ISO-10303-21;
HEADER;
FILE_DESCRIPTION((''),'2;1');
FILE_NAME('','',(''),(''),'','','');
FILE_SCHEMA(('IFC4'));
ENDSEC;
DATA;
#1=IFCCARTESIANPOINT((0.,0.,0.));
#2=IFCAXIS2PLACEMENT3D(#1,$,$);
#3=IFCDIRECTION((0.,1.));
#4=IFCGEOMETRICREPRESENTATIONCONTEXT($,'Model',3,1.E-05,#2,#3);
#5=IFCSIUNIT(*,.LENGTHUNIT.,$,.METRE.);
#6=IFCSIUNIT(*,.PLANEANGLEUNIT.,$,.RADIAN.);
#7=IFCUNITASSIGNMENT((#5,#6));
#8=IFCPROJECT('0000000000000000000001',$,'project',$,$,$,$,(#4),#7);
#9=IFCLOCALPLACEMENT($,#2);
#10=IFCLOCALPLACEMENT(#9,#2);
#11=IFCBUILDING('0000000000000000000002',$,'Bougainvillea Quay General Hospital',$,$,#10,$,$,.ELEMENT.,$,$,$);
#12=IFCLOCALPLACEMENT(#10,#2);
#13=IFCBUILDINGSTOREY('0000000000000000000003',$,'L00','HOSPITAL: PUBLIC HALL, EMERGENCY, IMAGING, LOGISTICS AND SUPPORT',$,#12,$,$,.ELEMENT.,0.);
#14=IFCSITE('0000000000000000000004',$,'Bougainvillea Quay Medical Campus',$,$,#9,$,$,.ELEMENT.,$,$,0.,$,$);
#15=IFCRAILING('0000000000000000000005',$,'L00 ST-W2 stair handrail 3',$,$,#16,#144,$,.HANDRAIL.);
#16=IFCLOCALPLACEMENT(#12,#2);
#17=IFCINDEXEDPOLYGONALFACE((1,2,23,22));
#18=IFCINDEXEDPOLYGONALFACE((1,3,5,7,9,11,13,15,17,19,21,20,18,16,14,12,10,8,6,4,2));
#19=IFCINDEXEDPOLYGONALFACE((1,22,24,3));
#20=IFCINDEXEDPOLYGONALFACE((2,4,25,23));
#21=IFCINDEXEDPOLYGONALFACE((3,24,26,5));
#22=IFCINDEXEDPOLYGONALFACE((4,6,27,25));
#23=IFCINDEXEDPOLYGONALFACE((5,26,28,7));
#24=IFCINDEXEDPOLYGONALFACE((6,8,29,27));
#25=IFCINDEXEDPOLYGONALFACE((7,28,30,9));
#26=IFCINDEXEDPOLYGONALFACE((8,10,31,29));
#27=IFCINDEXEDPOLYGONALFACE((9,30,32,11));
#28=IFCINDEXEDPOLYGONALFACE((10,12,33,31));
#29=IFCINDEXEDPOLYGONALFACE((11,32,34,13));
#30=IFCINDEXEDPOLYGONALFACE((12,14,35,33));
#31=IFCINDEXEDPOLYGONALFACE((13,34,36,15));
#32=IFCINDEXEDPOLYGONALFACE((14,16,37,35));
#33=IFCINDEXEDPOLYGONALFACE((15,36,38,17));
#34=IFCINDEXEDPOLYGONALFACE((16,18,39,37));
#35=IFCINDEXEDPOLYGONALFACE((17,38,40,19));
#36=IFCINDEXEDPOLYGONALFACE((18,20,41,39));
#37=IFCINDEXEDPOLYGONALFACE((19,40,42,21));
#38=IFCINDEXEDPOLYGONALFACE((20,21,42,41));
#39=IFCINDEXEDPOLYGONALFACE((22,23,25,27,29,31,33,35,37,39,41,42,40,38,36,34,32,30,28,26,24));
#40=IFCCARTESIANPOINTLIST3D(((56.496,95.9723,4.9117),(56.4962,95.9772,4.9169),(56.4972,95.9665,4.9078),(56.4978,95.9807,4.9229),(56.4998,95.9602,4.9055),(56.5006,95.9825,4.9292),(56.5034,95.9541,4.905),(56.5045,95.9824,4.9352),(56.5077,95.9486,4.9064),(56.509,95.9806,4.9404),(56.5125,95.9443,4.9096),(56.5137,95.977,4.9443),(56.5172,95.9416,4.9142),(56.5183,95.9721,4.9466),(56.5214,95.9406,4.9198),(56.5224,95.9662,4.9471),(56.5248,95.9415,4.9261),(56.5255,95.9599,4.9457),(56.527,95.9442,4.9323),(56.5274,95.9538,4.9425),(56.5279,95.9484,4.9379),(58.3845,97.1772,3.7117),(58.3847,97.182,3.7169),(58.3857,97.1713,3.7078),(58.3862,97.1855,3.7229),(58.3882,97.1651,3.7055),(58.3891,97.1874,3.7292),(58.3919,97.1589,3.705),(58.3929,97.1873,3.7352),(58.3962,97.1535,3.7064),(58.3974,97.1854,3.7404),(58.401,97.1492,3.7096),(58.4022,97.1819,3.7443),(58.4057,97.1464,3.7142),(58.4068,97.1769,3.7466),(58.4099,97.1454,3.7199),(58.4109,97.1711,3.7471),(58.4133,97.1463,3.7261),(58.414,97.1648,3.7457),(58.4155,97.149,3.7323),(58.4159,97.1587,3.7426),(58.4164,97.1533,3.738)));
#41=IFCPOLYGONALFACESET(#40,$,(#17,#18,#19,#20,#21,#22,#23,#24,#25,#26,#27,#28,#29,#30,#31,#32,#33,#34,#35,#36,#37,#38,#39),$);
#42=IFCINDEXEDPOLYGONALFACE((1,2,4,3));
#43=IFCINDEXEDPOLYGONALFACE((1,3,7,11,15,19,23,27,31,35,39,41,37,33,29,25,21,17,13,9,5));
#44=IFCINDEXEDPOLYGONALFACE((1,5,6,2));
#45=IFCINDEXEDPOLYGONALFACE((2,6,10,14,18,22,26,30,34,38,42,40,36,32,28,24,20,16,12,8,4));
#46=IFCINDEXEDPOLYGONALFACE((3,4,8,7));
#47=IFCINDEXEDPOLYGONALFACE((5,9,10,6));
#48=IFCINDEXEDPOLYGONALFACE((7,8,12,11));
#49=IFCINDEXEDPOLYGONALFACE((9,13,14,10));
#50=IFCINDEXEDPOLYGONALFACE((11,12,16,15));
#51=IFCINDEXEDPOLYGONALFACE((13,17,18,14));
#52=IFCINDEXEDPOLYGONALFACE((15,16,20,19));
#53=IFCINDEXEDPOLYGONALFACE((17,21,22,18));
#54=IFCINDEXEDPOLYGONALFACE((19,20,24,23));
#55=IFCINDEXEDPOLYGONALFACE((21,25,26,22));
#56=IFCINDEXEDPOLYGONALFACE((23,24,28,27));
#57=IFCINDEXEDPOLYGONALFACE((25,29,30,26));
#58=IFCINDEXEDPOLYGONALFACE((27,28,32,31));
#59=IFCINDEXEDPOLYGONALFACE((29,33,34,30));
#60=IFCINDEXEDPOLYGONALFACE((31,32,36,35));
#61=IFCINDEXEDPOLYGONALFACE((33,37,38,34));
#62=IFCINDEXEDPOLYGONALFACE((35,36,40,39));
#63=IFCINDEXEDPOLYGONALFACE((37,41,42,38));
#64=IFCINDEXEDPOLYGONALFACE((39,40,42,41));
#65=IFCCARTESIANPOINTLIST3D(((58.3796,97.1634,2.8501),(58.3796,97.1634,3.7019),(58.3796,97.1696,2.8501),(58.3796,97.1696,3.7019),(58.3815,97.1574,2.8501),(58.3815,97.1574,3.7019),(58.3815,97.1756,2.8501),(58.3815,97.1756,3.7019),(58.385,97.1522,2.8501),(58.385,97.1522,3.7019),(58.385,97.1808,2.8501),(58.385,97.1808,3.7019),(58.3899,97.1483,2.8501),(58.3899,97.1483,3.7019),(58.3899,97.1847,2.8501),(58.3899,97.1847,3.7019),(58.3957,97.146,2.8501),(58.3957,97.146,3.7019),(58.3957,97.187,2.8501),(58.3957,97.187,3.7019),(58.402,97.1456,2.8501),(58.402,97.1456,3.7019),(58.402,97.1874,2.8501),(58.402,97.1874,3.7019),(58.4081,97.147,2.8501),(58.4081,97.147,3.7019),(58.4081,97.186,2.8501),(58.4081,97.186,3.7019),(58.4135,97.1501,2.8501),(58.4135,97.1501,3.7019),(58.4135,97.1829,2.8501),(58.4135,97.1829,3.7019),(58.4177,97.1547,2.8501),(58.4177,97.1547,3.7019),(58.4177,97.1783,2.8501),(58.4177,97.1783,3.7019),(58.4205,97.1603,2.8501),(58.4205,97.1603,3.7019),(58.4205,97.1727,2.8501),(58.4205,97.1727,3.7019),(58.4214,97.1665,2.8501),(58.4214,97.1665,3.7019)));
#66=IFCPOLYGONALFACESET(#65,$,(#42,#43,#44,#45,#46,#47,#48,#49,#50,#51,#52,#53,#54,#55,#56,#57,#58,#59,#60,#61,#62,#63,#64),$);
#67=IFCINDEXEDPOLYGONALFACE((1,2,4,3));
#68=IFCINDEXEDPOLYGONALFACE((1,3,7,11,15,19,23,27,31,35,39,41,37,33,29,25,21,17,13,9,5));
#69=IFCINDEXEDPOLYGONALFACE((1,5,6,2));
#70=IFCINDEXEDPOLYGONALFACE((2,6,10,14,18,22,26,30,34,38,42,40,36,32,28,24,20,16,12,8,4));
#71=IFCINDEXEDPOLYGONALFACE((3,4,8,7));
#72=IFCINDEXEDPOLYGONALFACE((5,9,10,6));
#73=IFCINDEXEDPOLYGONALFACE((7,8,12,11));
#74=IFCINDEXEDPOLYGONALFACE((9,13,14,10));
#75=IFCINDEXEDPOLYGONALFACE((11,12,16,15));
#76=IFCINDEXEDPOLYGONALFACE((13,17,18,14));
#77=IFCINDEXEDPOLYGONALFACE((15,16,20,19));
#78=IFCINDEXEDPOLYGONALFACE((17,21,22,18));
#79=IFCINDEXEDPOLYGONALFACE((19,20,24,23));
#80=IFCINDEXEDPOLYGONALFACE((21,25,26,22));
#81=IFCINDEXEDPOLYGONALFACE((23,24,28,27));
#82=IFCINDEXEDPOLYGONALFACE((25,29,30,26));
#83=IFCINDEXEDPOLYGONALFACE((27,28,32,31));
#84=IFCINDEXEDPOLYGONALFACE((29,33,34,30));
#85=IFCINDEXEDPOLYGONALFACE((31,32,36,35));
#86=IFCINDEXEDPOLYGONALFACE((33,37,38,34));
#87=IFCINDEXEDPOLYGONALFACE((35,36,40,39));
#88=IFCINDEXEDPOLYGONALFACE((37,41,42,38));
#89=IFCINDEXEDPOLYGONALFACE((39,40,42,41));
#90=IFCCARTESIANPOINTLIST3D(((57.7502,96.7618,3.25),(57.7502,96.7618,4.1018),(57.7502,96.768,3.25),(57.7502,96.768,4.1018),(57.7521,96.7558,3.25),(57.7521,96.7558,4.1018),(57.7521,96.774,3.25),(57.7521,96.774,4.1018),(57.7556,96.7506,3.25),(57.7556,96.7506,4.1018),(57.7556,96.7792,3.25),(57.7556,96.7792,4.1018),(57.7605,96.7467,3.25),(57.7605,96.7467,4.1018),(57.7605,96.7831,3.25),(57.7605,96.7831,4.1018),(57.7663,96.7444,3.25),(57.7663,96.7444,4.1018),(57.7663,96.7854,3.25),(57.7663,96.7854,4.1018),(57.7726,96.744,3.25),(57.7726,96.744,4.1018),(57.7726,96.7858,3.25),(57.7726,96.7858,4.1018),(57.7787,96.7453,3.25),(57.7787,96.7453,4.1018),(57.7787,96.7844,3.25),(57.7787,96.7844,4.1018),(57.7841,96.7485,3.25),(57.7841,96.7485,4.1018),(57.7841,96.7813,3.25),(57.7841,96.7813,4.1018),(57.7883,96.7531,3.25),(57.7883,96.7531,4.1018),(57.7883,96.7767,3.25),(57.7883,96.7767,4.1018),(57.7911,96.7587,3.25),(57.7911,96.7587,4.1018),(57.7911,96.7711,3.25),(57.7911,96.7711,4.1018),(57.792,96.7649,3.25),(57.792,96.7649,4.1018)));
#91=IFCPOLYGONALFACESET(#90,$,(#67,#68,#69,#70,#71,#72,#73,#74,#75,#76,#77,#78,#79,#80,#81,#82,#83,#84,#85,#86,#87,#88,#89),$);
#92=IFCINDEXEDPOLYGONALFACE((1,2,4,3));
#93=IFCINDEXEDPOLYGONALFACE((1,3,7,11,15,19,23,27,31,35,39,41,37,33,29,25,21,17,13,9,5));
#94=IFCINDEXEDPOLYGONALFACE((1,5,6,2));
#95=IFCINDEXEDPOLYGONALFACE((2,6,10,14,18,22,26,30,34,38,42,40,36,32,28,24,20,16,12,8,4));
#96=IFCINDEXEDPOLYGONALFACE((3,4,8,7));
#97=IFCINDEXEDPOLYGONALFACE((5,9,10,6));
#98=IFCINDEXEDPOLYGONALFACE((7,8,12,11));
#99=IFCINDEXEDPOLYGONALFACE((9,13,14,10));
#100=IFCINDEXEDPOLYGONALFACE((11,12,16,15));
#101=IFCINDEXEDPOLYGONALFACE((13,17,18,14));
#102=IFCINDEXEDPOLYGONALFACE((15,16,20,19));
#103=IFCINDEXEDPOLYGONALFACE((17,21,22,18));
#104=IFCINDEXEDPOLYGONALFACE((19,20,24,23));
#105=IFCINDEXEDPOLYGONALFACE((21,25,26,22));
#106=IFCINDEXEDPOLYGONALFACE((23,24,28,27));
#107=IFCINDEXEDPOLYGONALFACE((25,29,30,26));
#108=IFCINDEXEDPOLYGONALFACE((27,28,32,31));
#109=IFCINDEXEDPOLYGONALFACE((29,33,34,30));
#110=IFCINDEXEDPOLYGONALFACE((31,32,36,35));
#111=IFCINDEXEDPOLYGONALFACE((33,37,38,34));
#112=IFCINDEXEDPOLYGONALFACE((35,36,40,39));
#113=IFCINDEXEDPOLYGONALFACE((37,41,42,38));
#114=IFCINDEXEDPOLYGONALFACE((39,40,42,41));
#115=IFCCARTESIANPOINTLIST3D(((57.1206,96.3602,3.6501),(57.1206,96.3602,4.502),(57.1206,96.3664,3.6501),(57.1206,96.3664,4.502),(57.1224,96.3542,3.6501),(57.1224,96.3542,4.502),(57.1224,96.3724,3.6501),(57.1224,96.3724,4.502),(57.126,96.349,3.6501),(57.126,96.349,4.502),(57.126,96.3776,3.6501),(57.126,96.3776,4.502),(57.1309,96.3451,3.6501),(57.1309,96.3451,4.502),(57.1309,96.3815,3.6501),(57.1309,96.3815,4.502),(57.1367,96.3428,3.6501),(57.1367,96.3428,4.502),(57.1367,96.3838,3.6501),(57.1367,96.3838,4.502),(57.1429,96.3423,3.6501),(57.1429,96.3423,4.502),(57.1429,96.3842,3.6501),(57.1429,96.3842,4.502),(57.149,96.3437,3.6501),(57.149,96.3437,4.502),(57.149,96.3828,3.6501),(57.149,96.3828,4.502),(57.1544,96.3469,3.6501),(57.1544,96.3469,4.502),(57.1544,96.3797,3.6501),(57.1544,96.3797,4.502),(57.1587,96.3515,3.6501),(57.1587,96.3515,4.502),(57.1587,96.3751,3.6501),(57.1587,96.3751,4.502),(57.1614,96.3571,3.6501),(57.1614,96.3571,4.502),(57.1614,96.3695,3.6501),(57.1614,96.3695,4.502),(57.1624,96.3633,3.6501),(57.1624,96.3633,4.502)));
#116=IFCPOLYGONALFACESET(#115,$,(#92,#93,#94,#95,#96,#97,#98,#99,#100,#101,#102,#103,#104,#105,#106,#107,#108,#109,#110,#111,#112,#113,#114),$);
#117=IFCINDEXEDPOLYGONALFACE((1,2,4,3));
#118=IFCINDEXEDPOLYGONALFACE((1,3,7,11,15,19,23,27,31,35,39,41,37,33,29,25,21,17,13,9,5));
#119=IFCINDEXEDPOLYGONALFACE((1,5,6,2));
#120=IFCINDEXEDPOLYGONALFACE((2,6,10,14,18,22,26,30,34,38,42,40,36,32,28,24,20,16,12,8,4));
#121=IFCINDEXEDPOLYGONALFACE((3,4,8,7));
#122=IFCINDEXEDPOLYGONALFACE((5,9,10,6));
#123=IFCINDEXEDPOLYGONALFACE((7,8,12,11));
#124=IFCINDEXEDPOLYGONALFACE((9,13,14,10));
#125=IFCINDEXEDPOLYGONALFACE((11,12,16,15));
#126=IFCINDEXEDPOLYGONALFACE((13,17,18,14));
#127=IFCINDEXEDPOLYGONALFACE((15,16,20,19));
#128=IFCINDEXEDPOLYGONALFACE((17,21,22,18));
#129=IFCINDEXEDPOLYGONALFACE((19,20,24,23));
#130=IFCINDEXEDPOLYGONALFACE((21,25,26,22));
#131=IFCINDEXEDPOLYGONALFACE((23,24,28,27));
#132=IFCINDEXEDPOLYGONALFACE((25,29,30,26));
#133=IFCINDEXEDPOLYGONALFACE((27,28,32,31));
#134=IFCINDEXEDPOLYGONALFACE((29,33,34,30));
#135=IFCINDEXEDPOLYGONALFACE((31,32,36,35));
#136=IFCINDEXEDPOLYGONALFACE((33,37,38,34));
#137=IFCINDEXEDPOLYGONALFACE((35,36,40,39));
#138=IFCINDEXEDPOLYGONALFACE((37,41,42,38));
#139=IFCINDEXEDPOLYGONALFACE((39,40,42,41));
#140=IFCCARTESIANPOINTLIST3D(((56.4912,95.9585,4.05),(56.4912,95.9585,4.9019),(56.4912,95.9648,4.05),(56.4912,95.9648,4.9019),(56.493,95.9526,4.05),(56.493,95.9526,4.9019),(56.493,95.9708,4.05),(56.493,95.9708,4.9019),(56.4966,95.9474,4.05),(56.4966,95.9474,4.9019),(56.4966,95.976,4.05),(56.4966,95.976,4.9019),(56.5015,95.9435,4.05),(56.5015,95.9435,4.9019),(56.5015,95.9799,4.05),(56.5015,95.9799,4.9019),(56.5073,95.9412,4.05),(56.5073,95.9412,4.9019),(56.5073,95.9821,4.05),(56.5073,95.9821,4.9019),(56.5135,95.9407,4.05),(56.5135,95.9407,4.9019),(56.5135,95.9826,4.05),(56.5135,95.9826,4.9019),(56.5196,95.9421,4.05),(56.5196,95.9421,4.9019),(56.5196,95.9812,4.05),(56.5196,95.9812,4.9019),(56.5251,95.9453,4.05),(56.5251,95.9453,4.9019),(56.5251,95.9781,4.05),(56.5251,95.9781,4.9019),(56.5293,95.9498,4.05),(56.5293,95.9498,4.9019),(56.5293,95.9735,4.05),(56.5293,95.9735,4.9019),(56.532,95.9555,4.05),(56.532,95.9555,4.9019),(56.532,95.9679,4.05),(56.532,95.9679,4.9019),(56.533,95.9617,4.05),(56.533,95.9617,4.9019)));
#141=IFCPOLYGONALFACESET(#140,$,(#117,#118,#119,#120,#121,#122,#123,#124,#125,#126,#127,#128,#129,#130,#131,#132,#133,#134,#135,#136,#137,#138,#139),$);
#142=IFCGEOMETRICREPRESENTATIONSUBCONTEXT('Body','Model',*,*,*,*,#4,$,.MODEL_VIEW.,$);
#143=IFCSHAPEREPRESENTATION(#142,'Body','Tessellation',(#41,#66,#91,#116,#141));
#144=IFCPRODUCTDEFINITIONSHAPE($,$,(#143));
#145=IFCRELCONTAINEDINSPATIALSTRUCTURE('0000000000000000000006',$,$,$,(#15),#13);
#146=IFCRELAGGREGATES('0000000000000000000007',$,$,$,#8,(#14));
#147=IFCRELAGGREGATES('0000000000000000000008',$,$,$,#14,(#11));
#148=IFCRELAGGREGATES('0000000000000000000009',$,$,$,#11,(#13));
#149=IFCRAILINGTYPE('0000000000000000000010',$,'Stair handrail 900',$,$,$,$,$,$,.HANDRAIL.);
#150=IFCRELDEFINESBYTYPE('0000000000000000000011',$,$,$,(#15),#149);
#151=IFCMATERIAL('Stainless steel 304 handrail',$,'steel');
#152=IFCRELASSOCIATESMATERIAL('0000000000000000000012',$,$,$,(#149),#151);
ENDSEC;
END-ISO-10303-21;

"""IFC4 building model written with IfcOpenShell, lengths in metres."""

from ifc_helpers import new_model, si_unit, direction, frame, origin, origin_2d, place, context, subcontext, project, spatial, circle, extrude, material, type_object, element, save


model = new_model("IFC4")

# Units and contexts
model_context = context("Model", 3, precision=1e-05, world=origin(), true_north=direction((0.0, 1.0)))
body_context = subcontext(model_context, "Body", "Model", "MODEL_VIEW")
ifc_project = project(units=[si_unit("LENGTHUNIT", "METRE"), si_unit("PLANEANGLEUNIT", "RADIAN")], contexts=[model_context])

# Site, building, storey
site_placement = place(None, origin())
site = spatial("IfcSite", under=ifc_project, at=site_placement, Name="Bougainvillea Quay Medical Campus", CompositionType="ELEMENT", RefElevation=0.0)
building_placement = place(site_placement, origin())
building = spatial("IfcBuilding", under=site, at=building_placement, Name="Bougainvillea Quay General Hospital", CompositionType="ELEMENT")
storey_placement = place(building_placement, origin())
storey = spatial("IfcBuildingStorey", under=building, at=storey_placement, Name="L00", Description="HOSPITAL: PUBLIC HALL, EMERGENCY, IMAGING, LOGISTICS AND SUPPORT", CompositionType="ELEMENT", Elevation=0.0)

# Railing
ifc_material_1 = material(Name="Stainless steel 304 handrail", Category="steel")
railing_type_1 = type_object("IfcRailingType", Name="Stair handrail 900", PredefinedType="HANDRAIL", material=ifc_material_1)
railing_1_placement = place(storey_placement, frame((58.4004, 97.1665, 2.8501)))
element("IfcRailing", 1, at=railing_1_placement, inside=storey, type_object=railing_type_1, Name="L00 ST-W2 stair handrail 3", PredefinedType="HANDRAIL", context=body_context, shape_type="SweptSolid", body=[
    extrude(circle(Radius=0.0239, at=origin_2d()), frame((0.0, 0.0, 0.876), z_axis=(-0.743126, -0.474121, 0.4722), x_axis=(0.537862, -0.843033, 0.0)), (0.0, 0.0, 1.0), 2.5413),
    extrude(circle(Radius=0.021, at=origin_2d()), origin(), (0.0, 0.0, 1.0), 0.8518),
    extrude(circle(Radius=0.021, at=origin_2d()), frame((-0.6294, -0.4016, 0.3999)), (0.0, 0.0, 1.0), 0.8518),
    extrude(circle(Radius=0.021, at=origin_2d()), frame((-1.259, -0.8032, 0.8)), (0.0, 0.0, 1.0), 0.8518),
    extrude(circle(Radius=0.021, at=origin_2d()), frame((-1.8884, -1.2048, 1.2)), (0.0, 0.0, 1.0), 0.8518),
])

save(model, "model.ifc")
